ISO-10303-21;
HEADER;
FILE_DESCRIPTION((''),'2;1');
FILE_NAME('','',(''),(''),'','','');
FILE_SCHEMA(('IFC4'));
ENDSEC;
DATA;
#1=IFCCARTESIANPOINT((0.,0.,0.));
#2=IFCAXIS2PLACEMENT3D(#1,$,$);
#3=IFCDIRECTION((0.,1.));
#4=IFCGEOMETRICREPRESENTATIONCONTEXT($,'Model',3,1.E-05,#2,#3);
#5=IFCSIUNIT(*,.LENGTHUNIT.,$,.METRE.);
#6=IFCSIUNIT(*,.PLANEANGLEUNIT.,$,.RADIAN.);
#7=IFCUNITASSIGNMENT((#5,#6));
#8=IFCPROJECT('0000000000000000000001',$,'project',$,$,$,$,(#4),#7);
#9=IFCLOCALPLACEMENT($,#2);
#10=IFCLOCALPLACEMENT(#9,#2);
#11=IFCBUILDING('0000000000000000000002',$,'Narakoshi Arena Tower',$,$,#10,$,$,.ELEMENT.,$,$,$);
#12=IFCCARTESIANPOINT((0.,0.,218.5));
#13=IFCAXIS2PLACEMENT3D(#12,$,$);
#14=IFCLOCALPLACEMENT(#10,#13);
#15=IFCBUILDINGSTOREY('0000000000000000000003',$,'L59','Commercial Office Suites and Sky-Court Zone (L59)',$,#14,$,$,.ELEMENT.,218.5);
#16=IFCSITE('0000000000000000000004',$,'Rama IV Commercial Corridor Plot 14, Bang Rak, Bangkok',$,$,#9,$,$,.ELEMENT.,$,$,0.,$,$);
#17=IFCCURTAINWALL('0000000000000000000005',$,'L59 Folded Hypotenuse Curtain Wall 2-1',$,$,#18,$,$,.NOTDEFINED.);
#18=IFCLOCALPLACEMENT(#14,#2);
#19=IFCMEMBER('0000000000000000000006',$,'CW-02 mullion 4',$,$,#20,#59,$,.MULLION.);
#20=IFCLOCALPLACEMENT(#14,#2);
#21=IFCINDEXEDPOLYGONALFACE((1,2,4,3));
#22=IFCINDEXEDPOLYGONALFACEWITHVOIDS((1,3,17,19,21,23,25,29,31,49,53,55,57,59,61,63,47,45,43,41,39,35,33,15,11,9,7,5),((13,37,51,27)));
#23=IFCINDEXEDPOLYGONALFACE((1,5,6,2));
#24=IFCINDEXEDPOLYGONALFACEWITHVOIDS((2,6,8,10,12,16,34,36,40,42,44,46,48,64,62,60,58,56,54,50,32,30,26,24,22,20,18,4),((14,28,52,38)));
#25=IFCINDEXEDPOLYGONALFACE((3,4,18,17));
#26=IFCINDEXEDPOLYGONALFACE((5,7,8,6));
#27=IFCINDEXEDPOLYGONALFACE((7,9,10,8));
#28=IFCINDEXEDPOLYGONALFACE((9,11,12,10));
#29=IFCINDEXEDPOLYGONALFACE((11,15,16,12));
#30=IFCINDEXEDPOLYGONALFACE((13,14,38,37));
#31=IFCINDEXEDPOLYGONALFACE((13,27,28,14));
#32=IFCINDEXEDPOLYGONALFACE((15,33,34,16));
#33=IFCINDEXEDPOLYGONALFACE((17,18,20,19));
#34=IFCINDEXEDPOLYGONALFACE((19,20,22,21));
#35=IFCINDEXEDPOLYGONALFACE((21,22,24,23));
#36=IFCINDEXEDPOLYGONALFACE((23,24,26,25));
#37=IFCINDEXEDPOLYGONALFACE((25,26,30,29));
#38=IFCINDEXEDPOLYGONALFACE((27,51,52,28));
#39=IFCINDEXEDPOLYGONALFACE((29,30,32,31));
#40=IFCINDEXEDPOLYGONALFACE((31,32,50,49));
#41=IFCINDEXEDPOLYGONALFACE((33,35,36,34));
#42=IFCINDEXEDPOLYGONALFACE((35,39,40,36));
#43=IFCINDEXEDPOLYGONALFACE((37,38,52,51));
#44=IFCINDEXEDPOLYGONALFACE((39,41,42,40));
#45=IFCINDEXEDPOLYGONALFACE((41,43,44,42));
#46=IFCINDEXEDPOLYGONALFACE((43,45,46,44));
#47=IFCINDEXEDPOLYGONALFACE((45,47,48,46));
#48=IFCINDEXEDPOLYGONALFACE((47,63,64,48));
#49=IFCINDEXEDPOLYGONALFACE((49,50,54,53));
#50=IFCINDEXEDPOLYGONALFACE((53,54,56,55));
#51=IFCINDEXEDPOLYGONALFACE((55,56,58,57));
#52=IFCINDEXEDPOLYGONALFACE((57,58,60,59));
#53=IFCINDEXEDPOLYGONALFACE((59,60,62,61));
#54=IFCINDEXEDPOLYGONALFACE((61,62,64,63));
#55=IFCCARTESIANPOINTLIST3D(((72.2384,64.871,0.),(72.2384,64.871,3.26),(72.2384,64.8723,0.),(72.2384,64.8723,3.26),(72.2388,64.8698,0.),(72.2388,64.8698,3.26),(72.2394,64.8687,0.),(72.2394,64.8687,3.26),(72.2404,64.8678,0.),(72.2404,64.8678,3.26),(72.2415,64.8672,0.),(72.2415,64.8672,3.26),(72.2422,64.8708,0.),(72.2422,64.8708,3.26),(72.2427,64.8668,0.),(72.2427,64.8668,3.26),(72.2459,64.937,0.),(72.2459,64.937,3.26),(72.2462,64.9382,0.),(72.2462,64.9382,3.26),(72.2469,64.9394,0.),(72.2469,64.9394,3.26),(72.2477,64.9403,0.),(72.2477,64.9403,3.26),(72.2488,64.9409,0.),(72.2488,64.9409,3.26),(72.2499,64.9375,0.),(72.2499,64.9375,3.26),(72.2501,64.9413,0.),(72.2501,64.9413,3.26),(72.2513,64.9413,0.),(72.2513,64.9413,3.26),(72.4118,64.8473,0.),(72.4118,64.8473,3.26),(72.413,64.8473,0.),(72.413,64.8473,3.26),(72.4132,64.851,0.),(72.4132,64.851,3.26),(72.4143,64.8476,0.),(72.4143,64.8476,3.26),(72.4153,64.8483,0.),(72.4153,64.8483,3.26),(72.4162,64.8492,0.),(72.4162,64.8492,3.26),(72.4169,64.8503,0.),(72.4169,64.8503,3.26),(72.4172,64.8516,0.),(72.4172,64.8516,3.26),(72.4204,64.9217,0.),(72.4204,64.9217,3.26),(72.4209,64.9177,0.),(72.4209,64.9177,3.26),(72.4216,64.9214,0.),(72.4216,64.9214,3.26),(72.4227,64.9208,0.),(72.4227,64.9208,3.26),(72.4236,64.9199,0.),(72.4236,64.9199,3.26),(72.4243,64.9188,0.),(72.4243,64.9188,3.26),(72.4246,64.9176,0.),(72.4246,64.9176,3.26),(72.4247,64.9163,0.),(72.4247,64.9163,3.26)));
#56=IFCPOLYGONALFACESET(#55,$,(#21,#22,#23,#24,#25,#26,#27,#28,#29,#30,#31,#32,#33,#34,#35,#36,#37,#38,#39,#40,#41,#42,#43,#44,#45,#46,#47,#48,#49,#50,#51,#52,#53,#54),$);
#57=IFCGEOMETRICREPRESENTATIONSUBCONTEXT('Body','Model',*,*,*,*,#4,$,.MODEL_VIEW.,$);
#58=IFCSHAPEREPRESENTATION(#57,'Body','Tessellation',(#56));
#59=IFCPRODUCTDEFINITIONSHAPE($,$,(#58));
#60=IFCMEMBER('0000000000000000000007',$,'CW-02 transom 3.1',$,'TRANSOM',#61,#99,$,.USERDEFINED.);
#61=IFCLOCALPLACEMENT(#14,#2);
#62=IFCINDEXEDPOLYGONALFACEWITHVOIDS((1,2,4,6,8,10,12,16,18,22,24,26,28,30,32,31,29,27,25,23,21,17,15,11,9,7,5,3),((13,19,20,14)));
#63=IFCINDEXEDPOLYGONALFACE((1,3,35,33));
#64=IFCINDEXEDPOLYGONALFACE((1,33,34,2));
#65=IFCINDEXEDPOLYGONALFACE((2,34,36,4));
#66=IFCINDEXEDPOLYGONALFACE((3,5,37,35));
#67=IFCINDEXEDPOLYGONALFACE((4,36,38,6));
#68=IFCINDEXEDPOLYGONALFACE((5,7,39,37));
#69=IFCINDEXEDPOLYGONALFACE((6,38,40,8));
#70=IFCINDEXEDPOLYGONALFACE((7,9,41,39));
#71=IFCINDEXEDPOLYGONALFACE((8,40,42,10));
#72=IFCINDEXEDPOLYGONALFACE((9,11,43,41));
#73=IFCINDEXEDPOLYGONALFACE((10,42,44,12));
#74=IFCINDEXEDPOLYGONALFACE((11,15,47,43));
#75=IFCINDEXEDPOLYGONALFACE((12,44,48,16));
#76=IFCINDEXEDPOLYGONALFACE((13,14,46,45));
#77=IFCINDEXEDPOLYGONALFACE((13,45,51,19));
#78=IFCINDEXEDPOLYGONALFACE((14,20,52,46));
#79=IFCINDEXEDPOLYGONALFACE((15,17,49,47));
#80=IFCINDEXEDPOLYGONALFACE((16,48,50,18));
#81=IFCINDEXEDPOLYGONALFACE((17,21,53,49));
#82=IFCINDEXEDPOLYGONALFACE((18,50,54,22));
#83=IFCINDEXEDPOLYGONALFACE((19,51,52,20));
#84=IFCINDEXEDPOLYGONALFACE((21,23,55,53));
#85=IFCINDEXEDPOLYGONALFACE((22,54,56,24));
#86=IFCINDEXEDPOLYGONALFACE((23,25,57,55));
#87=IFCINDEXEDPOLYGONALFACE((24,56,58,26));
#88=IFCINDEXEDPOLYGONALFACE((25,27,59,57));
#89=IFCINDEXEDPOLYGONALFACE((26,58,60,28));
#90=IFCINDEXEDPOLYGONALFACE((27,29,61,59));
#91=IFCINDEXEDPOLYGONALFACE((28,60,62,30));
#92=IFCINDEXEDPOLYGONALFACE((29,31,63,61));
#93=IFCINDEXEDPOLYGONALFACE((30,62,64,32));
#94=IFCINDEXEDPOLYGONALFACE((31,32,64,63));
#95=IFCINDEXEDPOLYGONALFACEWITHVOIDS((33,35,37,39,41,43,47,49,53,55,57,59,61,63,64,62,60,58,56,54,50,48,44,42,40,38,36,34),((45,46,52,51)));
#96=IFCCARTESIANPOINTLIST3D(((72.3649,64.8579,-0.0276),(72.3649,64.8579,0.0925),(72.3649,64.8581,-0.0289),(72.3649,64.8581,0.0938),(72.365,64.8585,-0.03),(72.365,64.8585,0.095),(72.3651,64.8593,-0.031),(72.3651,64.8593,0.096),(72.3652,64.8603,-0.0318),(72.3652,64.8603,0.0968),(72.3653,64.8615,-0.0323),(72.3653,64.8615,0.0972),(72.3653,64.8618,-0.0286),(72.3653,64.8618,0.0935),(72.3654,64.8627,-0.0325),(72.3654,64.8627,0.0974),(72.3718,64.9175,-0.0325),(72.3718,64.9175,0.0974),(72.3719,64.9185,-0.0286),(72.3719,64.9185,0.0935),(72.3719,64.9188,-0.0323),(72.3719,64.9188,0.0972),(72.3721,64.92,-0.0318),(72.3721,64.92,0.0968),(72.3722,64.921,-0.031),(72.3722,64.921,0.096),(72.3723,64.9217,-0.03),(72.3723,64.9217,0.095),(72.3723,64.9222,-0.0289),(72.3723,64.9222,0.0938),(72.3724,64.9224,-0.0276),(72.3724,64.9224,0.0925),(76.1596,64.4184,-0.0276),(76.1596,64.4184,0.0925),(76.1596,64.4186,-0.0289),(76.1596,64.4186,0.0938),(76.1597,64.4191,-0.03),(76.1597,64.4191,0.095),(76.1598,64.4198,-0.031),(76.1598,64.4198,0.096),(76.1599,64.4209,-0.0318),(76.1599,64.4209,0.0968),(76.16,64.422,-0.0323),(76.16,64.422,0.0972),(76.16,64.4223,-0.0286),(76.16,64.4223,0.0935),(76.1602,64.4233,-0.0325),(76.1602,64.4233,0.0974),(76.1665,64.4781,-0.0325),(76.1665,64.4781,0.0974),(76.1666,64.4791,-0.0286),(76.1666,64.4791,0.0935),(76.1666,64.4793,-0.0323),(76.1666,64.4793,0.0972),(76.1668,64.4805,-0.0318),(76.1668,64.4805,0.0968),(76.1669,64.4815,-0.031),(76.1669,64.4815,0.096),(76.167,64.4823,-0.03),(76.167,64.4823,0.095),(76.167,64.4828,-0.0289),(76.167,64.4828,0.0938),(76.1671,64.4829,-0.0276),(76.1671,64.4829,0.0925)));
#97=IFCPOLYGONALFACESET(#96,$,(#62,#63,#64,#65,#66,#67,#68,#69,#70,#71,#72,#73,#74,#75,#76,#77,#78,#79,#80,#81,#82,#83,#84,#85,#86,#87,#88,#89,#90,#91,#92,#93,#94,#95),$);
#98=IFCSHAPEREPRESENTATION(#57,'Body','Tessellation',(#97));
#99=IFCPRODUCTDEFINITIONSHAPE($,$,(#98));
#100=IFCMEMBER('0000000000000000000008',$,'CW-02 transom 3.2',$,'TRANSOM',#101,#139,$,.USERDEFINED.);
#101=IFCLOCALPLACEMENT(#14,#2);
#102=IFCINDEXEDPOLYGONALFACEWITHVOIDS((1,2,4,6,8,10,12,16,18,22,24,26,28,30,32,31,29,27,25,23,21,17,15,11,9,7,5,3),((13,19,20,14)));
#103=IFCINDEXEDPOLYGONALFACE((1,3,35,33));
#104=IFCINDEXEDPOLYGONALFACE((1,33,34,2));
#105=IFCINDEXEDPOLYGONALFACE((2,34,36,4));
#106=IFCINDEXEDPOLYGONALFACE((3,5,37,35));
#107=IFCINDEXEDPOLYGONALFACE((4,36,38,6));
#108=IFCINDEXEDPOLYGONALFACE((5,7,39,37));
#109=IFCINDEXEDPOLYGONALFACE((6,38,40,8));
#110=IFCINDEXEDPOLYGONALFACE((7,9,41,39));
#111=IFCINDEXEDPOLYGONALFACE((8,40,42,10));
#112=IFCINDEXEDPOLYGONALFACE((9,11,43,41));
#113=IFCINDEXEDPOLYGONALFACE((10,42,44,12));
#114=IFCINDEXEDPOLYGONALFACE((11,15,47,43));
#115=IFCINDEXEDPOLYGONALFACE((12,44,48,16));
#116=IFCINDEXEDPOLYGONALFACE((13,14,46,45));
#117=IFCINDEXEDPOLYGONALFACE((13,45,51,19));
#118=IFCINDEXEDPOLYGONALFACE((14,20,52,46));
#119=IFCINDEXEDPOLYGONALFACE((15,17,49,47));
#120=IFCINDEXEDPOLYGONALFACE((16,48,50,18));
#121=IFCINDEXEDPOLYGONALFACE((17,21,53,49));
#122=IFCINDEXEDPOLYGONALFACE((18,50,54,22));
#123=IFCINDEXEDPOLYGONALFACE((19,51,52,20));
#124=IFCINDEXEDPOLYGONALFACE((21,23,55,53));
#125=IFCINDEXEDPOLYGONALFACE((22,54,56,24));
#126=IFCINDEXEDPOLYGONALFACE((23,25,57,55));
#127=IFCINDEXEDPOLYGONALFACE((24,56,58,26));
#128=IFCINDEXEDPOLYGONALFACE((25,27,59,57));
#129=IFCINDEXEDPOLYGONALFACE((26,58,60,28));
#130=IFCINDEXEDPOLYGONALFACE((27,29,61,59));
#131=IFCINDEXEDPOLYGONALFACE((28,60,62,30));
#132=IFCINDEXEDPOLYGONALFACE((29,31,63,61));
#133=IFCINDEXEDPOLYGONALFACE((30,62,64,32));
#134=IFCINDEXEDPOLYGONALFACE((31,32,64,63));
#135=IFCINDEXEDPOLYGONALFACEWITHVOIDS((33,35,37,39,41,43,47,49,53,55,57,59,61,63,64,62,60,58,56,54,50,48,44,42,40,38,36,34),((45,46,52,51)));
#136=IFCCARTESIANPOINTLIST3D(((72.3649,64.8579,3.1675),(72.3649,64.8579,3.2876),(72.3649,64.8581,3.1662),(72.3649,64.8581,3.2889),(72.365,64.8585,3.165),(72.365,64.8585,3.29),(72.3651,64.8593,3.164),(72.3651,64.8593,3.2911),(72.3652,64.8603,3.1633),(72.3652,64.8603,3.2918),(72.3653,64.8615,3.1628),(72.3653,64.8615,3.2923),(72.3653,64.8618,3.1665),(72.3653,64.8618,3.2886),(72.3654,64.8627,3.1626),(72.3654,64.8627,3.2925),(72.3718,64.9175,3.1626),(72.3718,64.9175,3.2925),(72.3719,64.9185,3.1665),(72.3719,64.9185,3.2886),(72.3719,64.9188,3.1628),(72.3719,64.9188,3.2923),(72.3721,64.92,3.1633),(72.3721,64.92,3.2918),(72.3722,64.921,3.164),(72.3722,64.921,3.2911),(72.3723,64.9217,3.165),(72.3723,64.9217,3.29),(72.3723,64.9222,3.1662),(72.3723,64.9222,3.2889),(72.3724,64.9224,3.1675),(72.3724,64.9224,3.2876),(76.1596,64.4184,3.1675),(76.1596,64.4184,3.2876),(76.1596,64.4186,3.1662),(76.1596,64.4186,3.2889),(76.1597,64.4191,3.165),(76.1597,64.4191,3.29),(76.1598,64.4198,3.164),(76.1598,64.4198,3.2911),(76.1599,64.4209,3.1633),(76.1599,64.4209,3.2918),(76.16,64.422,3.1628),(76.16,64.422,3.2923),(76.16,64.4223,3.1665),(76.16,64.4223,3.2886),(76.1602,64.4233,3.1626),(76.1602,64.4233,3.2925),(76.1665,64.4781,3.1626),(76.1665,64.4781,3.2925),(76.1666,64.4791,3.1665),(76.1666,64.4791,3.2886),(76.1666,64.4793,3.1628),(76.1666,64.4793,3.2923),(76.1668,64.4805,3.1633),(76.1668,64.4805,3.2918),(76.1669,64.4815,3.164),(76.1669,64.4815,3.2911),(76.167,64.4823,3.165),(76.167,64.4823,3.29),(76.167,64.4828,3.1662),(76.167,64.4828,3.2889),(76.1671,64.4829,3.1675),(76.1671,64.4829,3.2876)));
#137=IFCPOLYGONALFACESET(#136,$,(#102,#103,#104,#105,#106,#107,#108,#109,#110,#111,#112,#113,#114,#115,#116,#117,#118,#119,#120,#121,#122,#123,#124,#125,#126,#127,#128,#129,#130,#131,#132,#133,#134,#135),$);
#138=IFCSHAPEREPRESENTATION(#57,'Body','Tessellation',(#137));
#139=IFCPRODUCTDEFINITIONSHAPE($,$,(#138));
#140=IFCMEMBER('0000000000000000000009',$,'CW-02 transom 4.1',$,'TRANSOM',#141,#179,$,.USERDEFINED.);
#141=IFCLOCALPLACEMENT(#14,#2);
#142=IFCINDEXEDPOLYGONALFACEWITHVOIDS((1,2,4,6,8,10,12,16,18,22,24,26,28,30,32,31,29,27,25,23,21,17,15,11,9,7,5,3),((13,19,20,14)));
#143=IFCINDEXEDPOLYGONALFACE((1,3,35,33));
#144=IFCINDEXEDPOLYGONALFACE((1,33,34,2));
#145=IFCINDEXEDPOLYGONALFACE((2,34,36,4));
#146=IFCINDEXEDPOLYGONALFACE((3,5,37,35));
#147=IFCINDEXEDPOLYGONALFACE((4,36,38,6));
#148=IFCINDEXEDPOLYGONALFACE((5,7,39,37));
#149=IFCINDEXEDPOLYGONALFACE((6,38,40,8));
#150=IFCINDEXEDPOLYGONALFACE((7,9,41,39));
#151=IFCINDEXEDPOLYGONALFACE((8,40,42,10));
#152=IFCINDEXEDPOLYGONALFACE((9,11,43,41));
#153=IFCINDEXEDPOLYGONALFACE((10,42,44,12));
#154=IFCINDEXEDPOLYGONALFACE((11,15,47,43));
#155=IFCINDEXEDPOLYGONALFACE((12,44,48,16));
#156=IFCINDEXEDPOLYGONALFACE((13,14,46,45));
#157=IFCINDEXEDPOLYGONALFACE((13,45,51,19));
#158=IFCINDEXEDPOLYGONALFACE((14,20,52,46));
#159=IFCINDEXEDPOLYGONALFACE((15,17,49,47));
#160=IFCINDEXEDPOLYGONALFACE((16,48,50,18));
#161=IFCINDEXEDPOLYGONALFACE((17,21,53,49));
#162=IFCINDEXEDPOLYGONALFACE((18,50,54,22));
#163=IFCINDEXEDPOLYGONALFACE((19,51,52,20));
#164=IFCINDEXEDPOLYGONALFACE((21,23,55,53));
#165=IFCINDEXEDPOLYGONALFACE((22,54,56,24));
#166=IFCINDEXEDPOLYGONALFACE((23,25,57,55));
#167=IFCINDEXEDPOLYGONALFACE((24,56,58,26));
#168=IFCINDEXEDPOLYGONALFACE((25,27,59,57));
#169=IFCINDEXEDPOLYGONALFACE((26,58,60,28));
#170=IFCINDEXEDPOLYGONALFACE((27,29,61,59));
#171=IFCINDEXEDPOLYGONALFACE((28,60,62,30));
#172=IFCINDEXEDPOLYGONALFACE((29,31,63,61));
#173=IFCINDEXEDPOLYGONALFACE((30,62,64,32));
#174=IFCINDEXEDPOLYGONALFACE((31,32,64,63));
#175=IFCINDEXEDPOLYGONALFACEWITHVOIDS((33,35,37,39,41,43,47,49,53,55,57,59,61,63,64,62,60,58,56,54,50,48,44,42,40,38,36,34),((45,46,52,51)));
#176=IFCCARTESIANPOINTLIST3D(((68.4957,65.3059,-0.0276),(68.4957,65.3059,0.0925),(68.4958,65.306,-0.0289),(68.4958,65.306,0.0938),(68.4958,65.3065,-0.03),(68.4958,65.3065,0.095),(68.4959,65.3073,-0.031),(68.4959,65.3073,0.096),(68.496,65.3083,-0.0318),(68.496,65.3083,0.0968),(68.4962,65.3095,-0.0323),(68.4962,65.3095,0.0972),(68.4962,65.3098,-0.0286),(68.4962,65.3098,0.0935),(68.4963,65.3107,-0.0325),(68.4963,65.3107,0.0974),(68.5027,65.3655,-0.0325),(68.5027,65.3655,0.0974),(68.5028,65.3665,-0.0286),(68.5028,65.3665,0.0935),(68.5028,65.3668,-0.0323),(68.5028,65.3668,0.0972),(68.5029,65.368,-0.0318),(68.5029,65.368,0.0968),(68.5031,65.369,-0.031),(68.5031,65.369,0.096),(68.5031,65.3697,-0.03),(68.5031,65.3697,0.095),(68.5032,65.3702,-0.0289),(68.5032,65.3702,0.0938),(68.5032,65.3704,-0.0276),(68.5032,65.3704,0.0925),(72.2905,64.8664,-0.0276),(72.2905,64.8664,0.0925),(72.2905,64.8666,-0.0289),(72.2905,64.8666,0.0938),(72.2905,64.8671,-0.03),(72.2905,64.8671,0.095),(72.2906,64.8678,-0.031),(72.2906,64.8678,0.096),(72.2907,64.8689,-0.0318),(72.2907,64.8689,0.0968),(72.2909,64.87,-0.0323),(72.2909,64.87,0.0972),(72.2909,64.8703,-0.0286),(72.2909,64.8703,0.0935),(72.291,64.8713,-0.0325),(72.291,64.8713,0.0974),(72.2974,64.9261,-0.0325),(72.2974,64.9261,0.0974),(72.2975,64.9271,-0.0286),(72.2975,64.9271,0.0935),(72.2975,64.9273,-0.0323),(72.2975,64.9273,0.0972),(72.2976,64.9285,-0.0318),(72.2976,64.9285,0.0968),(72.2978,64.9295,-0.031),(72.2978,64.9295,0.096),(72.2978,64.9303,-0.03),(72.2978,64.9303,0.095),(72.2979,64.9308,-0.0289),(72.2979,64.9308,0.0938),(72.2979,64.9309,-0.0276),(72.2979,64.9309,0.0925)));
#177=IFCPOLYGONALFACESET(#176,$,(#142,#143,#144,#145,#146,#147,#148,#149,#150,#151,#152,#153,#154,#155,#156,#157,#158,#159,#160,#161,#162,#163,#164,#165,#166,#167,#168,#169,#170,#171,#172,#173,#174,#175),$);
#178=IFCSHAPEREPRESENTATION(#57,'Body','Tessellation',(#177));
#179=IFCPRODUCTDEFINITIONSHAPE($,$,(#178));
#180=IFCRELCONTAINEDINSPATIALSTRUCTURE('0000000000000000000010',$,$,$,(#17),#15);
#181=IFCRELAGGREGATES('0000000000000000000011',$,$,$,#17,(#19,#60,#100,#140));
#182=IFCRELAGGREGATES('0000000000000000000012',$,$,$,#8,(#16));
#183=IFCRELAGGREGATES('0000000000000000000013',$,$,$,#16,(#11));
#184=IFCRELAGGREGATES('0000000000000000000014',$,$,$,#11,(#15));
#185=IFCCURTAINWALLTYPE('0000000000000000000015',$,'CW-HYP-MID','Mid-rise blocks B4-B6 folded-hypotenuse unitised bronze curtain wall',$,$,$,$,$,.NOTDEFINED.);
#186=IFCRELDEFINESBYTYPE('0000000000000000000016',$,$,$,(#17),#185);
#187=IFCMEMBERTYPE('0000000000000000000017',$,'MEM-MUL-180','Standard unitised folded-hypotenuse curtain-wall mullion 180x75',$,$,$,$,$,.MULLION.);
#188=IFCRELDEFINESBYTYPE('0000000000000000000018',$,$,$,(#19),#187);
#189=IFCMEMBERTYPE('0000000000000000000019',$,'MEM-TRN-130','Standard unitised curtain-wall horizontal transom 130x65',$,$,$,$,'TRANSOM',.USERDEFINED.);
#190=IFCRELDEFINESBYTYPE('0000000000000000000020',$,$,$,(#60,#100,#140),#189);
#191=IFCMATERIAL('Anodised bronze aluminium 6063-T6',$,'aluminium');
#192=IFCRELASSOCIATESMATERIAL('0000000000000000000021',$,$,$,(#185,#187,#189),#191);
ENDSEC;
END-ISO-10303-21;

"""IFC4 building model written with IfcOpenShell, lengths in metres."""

from ifc_helpers import new_model, si_unit, direction, frame, origin, origin_2d, place, context, subcontext, project, spatial, hollow_rectangle, extrude, material, material_profile, profile_set, type_object, element, aggregate, save


model = new_model("IFC4")

# Units and contexts
model_context = context("Model", 3, precision=1e-05, world=origin(), true_north=direction((0.0, 1.0)))
body_context = subcontext(model_context, "Body", "Model", "MODEL_VIEW")
ifc_project = project(units=[si_unit("LENGTHUNIT", "METRE"), si_unit("PLANEANGLEUNIT", "RADIAN")], contexts=[model_context])

# Site, building, storey
site_placement = place(None, origin())
site = spatial("IfcSite", under=ifc_project, at=site_placement, Name="Rama IV Commercial Corridor Plot 14, Bang Rak, Bangkok", CompositionType="ELEMENT", RefElevation=0.0)
building_placement = place(site_placement, origin())
building = spatial("IfcBuilding", under=site, at=building_placement, Name="Narakoshi Arena Tower", CompositionType="ELEMENT")
storey_placement = place(building_placement, frame((0.0, 0.0, 218.5)))
storey = spatial("IfcBuildingStorey", under=building, at=storey_placement, Name="L59", Description="Commercial Office Suites and Sky-Court Zone (L59)", CompositionType="ELEMENT", Elevation=218.5)

# Curtain wall, members
ifc_material_1 = material(Name="Anodised bronze aluminium 6063-T6", Category="aluminium")
curtain_wall_type = type_object("IfcCurtainWallType", Name="CW-HYP-MID", Description="Mid-rise blocks B4-B6 folded-hypotenuse unitised bronze curtain wall", PredefinedType="NOTDEFINED", material=ifc_material_1)
curtain_wall_placement = place(storey_placement, origin())
curtain_wall = element("IfcCurtainWall", 1, at=curtain_wall_placement, inside=storey, type_object=curtain_wall_type, Name="L59 Folded Hypotenuse Curtain Wall 2-1", PredefinedType="NOTDEFINED")
ifc_material_profile_1 = material_profile(ifc_material_1, hollow_rectangle(XDim=0.075, YDim=0.1799, WallThickness=0.0039, OuterFilletRadius=0.0049, at=origin_2d()), Name="MUL180x75x4")
ifc_profile_set_1 = profile_set([ifc_material_profile_1], Name="Anodised bronze aluminium 6063-T6")
member_type_1 = type_object("IfcMemberType", Name="MEM-MUL-180", Description="Standard unitised folded-hypotenuse curtain-wall mullion 180x75", PredefinedType="MULLION", material=ifc_profile_set_1)
member_1_placement = place(storey_placement, frame((72.3315, 64.8943, 0.0), z_axis=(0.0, 0.0, 1.0), x_axis=(-0.115011, -0.993364, 0.0)))
member_1 = element("IfcMember", 2, at=member_1_placement, type_object=member_type_1, Name="CW-02 mullion 4", PredefinedType="MULLION", context=body_context, shape_type="SweptSolid", body=[
    extrude(hollow_rectangle(XDim=0.075, YDim=0.1799, WallThickness=0.0039, OuterFilletRadius=0.0049, at=origin_2d()), origin(), (0.0, 0.0, 1.0), 3.26),
])
ifc_material_profile_2 = material_profile(ifc_material_1, hollow_rectangle(XDim=0.0649, YDim=0.1299, WallThickness=0.0039, OuterFilletRadius=0.0049, at=origin_2d()), Name="TRN130x65x4")
ifc_profile_set_2 = profile_set([ifc_material_profile_2], Name="Anodised bronze aluminium 6063-T6")
member_type_2 = type_object("IfcMemberType", Name="MEM-TRN-130", Description="Standard unitised curtain-wall horizontal transom 130x65", ElementType="TRANSOM", PredefinedType="USERDEFINED", material=ifc_profile_set_2)
member_2_placement = place(storey_placement, frame((76.1633, 64.4507, 0.0325), z_axis=(-0.993361, 0.115039, 0.0), x_axis=(-0.115039, -0.993361, 0.0)))
member_2 = element("IfcMember", 3, at=member_2_placement, type_object=member_type_2, Name="CW-02 transom 3.1", ObjectType="TRANSOM", PredefinedType="USERDEFINED", context=body_context, shape_type="SweptSolid", body=[
    extrude(hollow_rectangle(XDim=0.0649, YDim=0.1299, WallThickness=0.0039, OuterFilletRadius=0.0049, at=origin_2d()), origin(), (0.0, 0.0, 1.0), 3.8201),
])
member_3_placement = place(storey_placement, frame((76.1633, 64.4507, 3.2275), z_axis=(-0.993361, 0.115039, 0.0), x_axis=(-0.115039, -0.993361, 0.0)))
member_3 = element("IfcMember", 4, at=member_3_placement, type_object=member_type_2, Name="CW-02 transom 3.2", ObjectType="TRANSOM", PredefinedType="USERDEFINED", context=body_context, shape_type="SweptSolid", body=[
    extrude(hollow_rectangle(XDim=0.0649, YDim=0.1299, WallThickness=0.0039, OuterFilletRadius=0.0049, at=origin_2d()), origin(), (0.0, 0.0, 1.0), 3.8201),
])
member_4_placement = place(storey_placement, frame((72.2942, 64.8987, 0.0325), z_axis=(-0.993361, 0.115039, 0.0), x_axis=(-0.115039, -0.993361, 0.0)))
member_4 = element("IfcMember", 5, at=member_4_placement, type_object=member_type_2, Name="CW-02 transom 4.1", ObjectType="TRANSOM", PredefinedType="USERDEFINED", context=body_context, shape_type="SweptSolid", body=[
    extrude(hollow_rectangle(XDim=0.0649, YDim=0.1299, WallThickness=0.0039, OuterFilletRadius=0.0049, at=origin_2d()), origin(), (0.0, 0.0, 1.0), 3.8201),
])
aggregate(curtain_wall, [member_1, member_2, member_3, member_4])

save(model, "model.ifc")
